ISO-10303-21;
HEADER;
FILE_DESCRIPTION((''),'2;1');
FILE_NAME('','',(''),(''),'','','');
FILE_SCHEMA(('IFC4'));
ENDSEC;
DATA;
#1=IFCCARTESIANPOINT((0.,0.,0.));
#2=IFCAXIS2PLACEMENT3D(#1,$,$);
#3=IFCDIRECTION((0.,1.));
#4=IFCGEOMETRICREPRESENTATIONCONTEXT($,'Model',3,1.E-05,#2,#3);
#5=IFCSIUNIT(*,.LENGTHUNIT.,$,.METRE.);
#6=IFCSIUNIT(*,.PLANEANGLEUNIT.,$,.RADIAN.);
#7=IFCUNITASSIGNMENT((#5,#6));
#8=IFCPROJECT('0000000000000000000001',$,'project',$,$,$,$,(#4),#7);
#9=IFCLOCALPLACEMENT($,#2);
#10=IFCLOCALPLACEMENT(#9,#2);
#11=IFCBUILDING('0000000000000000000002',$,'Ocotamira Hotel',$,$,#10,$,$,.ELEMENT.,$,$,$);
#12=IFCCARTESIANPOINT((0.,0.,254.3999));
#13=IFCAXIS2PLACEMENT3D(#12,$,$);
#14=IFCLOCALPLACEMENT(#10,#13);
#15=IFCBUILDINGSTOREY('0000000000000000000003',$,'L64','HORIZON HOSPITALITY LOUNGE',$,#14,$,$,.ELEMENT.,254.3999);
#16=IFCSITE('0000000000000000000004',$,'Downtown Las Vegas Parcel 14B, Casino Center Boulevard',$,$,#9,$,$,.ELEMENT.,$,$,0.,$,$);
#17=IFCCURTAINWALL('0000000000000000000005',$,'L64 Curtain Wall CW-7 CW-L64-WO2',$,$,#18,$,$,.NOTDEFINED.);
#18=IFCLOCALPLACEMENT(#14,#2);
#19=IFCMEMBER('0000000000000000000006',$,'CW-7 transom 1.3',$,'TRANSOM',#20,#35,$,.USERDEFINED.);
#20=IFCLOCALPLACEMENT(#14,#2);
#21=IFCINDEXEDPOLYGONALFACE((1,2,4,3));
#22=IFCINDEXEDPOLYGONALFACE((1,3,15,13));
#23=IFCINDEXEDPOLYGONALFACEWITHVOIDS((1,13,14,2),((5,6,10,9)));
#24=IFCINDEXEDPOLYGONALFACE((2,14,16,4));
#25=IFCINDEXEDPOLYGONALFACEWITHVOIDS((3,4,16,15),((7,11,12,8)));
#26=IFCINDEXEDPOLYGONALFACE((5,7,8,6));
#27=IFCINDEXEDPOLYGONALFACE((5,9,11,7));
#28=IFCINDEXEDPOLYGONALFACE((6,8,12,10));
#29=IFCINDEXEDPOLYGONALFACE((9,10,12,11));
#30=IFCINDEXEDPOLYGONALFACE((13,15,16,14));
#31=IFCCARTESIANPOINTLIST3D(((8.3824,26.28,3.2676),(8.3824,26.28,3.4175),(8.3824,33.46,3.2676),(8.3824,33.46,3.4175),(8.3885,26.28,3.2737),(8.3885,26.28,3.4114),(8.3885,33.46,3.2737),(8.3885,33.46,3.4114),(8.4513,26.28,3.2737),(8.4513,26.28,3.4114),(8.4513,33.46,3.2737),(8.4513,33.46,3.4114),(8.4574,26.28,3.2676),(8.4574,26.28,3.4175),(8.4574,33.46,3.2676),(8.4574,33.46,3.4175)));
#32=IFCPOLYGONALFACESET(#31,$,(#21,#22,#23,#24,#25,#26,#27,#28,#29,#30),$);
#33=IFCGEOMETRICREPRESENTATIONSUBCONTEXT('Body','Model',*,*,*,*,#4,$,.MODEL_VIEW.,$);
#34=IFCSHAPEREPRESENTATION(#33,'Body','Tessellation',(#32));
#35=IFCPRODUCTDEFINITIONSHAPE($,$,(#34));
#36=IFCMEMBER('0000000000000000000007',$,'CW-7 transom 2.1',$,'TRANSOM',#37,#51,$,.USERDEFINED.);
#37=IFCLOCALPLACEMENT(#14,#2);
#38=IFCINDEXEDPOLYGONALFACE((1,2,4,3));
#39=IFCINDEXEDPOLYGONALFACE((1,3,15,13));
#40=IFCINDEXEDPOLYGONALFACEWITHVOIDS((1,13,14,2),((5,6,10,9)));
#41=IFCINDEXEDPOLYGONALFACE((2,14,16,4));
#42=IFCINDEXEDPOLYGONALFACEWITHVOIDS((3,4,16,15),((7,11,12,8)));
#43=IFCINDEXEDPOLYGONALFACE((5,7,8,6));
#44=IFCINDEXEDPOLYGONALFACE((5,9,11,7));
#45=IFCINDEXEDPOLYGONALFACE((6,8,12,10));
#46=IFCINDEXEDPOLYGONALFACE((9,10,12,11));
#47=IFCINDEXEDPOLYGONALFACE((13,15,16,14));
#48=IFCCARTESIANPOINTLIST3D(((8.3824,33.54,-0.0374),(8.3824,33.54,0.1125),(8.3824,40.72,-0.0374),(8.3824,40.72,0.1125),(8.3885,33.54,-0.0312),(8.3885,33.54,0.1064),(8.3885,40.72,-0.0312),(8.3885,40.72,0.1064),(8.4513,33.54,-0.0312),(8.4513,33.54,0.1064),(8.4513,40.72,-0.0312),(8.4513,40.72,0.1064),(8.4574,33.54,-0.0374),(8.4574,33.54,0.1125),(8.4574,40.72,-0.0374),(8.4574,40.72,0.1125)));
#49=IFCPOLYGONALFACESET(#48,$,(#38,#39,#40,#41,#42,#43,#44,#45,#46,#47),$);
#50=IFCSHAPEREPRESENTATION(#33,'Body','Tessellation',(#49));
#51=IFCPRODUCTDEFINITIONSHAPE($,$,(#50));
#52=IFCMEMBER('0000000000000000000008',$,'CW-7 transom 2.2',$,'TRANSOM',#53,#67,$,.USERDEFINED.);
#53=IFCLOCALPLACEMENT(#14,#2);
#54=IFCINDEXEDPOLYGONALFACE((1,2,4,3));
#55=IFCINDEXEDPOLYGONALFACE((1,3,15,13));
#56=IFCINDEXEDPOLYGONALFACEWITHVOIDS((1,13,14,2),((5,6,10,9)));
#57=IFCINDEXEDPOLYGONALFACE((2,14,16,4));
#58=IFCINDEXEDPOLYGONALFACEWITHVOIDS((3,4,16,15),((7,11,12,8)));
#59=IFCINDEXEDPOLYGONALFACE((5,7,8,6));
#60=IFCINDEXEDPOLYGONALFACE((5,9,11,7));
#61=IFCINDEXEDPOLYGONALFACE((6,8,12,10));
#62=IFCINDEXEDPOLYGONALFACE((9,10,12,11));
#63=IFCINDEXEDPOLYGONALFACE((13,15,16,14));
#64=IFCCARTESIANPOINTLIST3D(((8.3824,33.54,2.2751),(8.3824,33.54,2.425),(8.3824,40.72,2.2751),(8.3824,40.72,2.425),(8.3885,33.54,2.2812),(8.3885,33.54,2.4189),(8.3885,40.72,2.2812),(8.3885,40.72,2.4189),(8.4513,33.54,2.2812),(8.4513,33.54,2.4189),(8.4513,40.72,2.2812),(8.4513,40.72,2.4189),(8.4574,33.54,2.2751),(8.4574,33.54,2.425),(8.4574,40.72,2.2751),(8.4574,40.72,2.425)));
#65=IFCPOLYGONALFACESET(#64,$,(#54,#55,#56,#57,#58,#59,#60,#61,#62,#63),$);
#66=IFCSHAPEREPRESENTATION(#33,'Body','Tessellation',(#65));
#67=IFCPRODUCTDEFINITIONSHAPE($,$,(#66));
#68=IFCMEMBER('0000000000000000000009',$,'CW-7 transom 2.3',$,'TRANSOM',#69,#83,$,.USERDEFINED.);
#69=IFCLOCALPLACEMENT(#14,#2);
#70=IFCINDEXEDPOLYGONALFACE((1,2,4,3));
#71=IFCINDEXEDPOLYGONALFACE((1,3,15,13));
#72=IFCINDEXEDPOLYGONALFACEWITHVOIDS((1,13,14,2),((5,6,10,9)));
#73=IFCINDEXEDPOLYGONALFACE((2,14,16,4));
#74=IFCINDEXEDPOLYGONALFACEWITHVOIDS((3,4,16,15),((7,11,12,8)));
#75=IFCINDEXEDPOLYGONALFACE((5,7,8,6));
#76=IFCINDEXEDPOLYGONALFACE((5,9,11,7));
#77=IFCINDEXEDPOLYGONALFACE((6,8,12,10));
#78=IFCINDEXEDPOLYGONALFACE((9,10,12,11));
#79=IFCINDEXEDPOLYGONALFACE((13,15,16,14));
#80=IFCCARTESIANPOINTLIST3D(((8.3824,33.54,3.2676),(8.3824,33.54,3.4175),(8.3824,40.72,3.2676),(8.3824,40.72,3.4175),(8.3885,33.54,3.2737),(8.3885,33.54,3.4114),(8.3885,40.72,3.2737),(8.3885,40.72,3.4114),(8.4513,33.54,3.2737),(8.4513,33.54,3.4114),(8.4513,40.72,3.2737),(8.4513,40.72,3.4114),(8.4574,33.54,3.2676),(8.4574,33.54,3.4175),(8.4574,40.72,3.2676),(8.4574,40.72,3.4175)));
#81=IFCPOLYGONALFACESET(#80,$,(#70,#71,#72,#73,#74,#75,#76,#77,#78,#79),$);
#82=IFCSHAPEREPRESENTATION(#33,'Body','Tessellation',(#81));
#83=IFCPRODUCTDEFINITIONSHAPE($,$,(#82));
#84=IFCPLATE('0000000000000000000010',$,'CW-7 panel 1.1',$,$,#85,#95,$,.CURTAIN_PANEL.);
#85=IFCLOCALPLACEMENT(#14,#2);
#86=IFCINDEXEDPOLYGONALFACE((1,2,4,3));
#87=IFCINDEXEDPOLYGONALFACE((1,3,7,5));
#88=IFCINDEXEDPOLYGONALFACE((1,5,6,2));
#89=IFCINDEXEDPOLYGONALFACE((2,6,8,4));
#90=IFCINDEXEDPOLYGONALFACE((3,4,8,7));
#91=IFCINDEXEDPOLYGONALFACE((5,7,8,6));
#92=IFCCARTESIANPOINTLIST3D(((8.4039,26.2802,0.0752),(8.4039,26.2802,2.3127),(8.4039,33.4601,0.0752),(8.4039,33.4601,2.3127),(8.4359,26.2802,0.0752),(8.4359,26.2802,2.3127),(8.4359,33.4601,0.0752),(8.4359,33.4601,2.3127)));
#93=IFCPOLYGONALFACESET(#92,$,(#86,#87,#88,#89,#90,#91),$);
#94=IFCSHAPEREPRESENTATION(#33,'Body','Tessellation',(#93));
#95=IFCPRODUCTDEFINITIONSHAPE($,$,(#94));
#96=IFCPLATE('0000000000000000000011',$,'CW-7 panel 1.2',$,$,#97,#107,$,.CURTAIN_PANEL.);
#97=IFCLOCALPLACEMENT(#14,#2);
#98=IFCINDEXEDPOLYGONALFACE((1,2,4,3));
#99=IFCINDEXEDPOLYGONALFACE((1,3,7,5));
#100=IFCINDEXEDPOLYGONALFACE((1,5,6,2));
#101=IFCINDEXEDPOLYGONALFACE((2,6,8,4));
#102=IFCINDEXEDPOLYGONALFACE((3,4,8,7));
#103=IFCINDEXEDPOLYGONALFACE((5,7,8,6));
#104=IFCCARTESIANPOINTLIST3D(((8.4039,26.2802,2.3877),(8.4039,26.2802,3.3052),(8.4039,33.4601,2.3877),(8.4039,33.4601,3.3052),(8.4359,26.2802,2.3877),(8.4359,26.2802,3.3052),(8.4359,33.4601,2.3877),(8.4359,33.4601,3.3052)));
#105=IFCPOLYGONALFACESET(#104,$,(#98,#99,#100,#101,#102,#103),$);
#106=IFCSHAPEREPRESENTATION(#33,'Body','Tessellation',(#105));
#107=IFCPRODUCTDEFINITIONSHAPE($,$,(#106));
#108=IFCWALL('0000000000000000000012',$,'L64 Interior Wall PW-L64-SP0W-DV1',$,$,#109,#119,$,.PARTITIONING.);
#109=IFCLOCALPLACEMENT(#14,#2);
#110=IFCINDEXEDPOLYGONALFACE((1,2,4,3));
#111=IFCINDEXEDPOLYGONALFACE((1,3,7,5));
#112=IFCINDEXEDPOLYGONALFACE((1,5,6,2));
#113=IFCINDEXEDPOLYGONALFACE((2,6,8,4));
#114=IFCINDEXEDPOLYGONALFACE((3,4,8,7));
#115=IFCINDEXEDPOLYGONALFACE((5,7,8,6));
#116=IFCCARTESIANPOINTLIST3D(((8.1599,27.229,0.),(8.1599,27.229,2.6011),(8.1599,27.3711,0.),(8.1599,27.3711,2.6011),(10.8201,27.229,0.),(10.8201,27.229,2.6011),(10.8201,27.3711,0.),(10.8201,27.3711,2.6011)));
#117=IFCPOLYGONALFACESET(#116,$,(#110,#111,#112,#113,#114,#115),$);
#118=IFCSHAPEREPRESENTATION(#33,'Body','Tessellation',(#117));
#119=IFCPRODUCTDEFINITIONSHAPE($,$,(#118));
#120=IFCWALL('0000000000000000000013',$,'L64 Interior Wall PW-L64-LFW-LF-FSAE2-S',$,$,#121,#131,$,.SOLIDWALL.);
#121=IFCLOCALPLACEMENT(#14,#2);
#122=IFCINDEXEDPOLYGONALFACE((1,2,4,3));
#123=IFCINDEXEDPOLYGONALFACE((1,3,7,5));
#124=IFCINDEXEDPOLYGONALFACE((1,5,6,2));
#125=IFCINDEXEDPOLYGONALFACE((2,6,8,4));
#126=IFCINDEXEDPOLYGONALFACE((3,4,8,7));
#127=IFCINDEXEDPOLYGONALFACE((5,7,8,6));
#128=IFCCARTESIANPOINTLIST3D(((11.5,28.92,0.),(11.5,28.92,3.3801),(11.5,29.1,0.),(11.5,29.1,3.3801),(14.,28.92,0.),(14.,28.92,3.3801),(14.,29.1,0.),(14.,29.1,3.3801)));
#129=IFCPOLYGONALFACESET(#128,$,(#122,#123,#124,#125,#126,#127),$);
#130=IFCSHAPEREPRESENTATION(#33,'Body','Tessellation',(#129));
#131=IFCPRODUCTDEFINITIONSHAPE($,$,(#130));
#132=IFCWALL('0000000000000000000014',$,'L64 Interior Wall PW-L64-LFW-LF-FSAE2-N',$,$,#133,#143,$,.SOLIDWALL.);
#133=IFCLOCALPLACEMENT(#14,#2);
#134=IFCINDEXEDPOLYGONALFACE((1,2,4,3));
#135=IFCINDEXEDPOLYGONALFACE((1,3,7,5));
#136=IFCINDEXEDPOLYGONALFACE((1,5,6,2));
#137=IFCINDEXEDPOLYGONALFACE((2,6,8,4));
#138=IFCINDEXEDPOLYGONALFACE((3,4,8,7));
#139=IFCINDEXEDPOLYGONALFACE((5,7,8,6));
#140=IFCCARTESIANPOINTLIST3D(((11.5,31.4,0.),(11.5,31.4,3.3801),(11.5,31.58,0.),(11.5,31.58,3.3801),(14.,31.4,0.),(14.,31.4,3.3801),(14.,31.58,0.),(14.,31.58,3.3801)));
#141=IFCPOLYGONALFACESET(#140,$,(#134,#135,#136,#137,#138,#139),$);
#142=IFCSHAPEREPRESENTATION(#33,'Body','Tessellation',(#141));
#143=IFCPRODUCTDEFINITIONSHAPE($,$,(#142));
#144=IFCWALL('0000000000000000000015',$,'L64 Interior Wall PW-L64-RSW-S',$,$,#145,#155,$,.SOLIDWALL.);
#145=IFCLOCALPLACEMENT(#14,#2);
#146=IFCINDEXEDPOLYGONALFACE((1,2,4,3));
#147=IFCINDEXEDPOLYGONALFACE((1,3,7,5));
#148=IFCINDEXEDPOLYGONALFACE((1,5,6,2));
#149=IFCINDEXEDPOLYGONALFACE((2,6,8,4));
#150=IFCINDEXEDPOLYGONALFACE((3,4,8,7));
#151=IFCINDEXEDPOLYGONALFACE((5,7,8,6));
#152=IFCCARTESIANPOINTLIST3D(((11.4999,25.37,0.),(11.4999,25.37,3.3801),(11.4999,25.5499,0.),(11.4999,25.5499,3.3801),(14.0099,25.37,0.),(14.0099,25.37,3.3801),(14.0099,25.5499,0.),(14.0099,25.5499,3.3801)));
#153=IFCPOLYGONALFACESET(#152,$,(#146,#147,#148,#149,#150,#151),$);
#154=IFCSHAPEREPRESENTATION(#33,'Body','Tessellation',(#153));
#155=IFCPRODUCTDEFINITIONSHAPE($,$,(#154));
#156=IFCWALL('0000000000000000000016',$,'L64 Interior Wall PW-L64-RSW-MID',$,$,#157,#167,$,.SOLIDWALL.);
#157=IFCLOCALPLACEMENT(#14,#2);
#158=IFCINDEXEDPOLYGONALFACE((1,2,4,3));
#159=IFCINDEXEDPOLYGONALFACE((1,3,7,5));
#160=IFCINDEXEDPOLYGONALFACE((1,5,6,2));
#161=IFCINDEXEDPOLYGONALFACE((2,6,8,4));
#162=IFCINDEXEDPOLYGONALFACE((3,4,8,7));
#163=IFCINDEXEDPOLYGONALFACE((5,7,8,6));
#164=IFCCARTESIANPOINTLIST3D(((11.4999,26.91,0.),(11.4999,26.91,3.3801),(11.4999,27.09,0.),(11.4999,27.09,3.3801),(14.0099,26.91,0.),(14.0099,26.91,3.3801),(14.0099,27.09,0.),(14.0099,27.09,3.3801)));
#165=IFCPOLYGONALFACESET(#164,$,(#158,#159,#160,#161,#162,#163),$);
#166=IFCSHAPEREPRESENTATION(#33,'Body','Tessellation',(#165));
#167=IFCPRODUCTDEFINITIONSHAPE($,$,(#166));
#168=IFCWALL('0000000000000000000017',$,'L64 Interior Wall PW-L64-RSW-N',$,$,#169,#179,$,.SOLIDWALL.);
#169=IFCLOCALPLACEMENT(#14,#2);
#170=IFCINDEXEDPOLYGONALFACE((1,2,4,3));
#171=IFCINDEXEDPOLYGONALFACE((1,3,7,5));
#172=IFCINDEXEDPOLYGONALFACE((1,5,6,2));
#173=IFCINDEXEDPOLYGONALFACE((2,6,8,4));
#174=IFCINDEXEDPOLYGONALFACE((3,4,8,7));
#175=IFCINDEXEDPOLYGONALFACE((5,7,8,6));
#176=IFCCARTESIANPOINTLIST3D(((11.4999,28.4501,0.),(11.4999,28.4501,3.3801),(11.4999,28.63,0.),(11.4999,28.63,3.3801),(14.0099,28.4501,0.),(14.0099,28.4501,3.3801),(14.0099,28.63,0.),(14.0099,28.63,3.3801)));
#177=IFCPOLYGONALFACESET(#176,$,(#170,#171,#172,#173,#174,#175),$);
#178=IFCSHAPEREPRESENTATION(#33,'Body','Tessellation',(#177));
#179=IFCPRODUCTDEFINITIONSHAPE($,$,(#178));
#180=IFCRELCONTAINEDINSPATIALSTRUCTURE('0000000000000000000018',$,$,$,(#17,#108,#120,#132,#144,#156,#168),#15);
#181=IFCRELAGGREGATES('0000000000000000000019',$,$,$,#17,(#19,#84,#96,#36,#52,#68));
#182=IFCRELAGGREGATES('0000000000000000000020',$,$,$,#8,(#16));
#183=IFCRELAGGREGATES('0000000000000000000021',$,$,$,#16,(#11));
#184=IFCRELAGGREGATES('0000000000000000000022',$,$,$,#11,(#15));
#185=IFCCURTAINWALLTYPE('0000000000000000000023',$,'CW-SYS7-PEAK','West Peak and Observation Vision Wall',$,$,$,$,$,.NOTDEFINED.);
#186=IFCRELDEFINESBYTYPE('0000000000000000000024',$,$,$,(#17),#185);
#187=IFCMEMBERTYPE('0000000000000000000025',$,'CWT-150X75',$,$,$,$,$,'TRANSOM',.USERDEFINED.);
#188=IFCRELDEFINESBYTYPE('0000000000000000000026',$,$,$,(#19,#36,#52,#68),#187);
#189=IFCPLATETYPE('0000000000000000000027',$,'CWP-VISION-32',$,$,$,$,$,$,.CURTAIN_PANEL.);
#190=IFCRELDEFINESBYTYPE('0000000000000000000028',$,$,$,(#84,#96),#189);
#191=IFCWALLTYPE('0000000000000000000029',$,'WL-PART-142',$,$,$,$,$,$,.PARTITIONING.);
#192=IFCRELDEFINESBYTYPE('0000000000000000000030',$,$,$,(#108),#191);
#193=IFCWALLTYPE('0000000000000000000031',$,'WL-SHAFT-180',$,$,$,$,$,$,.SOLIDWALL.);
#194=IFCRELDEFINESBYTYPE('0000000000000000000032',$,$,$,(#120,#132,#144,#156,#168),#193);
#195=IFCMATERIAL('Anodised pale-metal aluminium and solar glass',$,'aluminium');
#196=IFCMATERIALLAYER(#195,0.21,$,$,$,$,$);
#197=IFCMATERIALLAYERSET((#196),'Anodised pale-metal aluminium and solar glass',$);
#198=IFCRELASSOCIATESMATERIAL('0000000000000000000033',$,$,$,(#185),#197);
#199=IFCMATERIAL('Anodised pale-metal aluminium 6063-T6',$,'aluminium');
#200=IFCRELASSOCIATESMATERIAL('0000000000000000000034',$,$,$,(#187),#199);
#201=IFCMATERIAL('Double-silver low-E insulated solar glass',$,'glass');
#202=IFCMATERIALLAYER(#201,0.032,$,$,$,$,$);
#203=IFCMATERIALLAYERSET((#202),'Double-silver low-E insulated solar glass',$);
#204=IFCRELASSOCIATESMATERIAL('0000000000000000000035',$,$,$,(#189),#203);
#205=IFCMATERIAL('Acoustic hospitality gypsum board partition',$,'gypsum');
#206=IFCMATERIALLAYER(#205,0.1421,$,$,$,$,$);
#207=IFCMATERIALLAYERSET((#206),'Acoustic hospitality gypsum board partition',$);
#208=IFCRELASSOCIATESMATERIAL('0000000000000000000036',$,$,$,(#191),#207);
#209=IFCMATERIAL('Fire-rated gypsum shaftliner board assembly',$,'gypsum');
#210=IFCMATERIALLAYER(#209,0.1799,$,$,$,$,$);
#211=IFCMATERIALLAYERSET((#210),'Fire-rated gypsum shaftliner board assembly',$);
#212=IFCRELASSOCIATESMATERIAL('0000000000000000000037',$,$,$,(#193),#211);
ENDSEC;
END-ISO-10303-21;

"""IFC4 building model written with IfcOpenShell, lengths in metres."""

from ifc_helpers import new_model, si_unit, direction, frame, frame_2d, origin, origin_2d, place, context, subcontext, project, spatial, rectangle, hollow_rectangle, extrude, source, transform, mapped, material, layer, layer_set, material_profile, profile_set, type_object, element, aggregate, save


model = new_model("IFC4")

# Units and contexts
model_context = context("Model", 3, precision=1e-05, world=origin(), true_north=direction((0.0, 1.0)))
body_context = subcontext(model_context, "Body", "Model", "MODEL_VIEW")
ifc_project = project(units=[si_unit("LENGTHUNIT", "METRE"), si_unit("PLANEANGLEUNIT", "RADIAN")], contexts=[model_context])

# Site, building, storey
site_placement = place(None, origin())
site = spatial("IfcSite", under=ifc_project, at=site_placement, Name="Downtown Las Vegas Parcel 14B, Casino Center Boulevard", CompositionType="ELEMENT", RefElevation=0.0)
building_placement = place(site_placement, origin())
building = spatial("IfcBuilding", under=site, at=building_placement, Name="Ocotamira Hotel", CompositionType="ELEMENT")
storey_placement = place(building_placement, frame((0.0, 0.0, 254.3999)))
storey = spatial("IfcBuildingStorey", under=building, at=storey_placement, Name="L64", Description="HORIZON HOSPITALITY LOUNGE", CompositionType="ELEMENT", Elevation=254.3999)

# Shared definitions
ifc_material_1 = material(Name="Anodised pale-metal aluminium and solar glass", Category="aluminium")
ifc_layer_1 = layer(ifc_material_1, 0.21)
ifc_layer_set_1 = layer_set([ifc_layer_1], Name="Anodised pale-metal aluminium and solar glass")
curtain_wall_type = type_object("IfcCurtainWallType", Name="CW-SYS7-PEAK", Description="West Peak and Observation Vision Wall", PredefinedType="NOTDEFINED", material=ifc_layer_set_1)
ifc_material_2 = material(Name="Anodised pale-metal aluminium 6063-T6", Category="aluminium")

# Curtain wall, members, plates
curtain_wall_1_placement = place(storey_placement, origin())
curtain_wall_1 = element("IfcCurtainWall", 1, at=curtain_wall_1_placement, inside=storey, type_object=curtain_wall_type, Name="L64 Curtain Wall CW-7 CW-L64-WO2", PredefinedType="NOTDEFINED")
ifc_material_profile_1 = material_profile(ifc_material_2, hollow_rectangle(XDim=0.075, YDim=0.1499, WallThickness=0.0061, at=origin_2d()), Name="HSS150X75X6")
ifc_profile_set_1 = profile_set([ifc_material_profile_1], Name="Anodised pale-metal aluminium 6063-T6")
member_type_1 = type_object("IfcMemberType", Name="CWT-150X75", ElementType="TRANSOM", PredefinedType="USERDEFINED", material=ifc_profile_set_1)
shared_shape_1 = source(origin(), body_context, "Body", "SweptSolid", [
    extrude(hollow_rectangle(XDim=0.075, YDim=0.1499, WallThickness=0.0061, at=origin_2d()), origin(), (0.0, 0.0, 1.0), 7.1799),
])
member_1_placement = place(storey_placement, frame((8.4199, 26.28, 3.3425), z_axis=(0.0, 1.0, 0.0), x_axis=(-1.0, 0.0, 0.0)))
member_1 = element("IfcMember", 2, at=member_1_placement, type_object=member_type_1, Name="CW-7 transom 1.3", ObjectType="TRANSOM", PredefinedType="USERDEFINED", context=body_context, shape_type="MappedRepresentation", body=[
    mapped(shared_shape_1, transform((0.0, 0.0, 0.0), scale=1.0)),
])
member_2_placement = place(storey_placement, frame((8.4199, 33.54, 0.0376), z_axis=(0.0, 1.0, 0.0), x_axis=(-1.0, 0.0, 0.0)))
member_2 = element("IfcMember", 3, at=member_2_placement, type_object=member_type_1, Name="CW-7 transom 2.1", ObjectType="TRANSOM", PredefinedType="USERDEFINED", context=body_context, shape_type="MappedRepresentation", body=[
    mapped(shared_shape_1, transform((0.0, 0.0, 0.0), scale=1.0)),
])
member_3_placement = place(storey_placement, frame((8.4199, 33.54, 2.3501), z_axis=(0.0, 1.0, 0.0), x_axis=(-1.0, 0.0, 0.0)))
member_3 = element("IfcMember", 4, at=member_3_placement, type_object=member_type_1, Name="CW-7 transom 2.2", ObjectType="TRANSOM", PredefinedType="USERDEFINED", context=body_context, shape_type="MappedRepresentation", body=[
    mapped(shared_shape_1, transform((0.0, 0.0, 0.0), scale=1.0)),
])
member_4_placement = place(storey_placement, frame((8.4199, 33.54, 3.3425), z_axis=(0.0, 1.0, 0.0), x_axis=(-1.0, 0.0, 0.0)))
member_4 = element("IfcMember", 5, at=member_4_placement, type_object=member_type_1, Name="CW-7 transom 2.3", ObjectType="TRANSOM", PredefinedType="USERDEFINED", context=body_context, shape_type="MappedRepresentation", body=[
    mapped(shared_shape_1, transform((0.0, 0.0, 0.0), scale=1.0)),
])
ifc_material_3 = material(Name="Double-silver low-E insulated solar glass", Category="glass")
ifc_layer_2 = layer(ifc_material_3, 0.032)
ifc_layer_set_2 = layer_set([ifc_layer_2], Name="Double-silver low-E insulated solar glass")
plate_type = type_object("IfcPlateType", Name="CWP-VISION-32", PredefinedType="CURTAIN_PANEL", material=ifc_layer_set_2)
shared_shape_2 = source(origin(), body_context, "Body", "SweptSolid", [
    extrude(rectangle(XDim=7.1799, YDim=0.032, at=origin_2d()), origin(), (0.0, 0.0, 1.0), 2.2375),
])
plate_1_placement = place(storey_placement, frame((8.4199, 29.8701, 0.0752), z_axis=(0.0, 0.0, 1.0), x_axis=(0.0, 1.0, 0.0)))
plate_1 = element("IfcPlate", 6, at=plate_1_placement, type_object=plate_type, Name="CW-7 panel 1.1", PredefinedType="CURTAIN_PANEL", context=body_context, shape_type="MappedRepresentation", body=[
    mapped(shared_shape_2, transform((0.0, 0.0, 0.0), scale=1.0)),
])
shared_shape_3 = source(origin(), body_context, "Body", "SweptSolid", [
    extrude(rectangle(XDim=7.1799, YDim=0.032, at=origin_2d()), origin(), (0.0, 0.0, 1.0), 0.9175),
])
plate_2_placement = place(storey_placement, frame((8.4199, 29.8701, 2.3877), z_axis=(0.0, 0.0, 1.0), x_axis=(0.0, 1.0, 0.0)))
plate_2 = element("IfcPlate", 7, at=plate_2_placement, type_object=plate_type, Name="CW-7 panel 1.2", PredefinedType="CURTAIN_PANEL", context=body_context, shape_type="MappedRepresentation", body=[
    mapped(shared_shape_3, transform((0.0, 0.0, 0.0), scale=1.0)),
])
aggregate(curtain_wall_1, [member_1, plate_1, plate_2, member_2, member_3, member_4])

# Walls
ifc_material_4 = material(Name="Acoustic hospitality gypsum board partition", Category="gypsum")
ifc_layer_3 = layer(ifc_material_4, 0.1421)
ifc_layer_set_3 = layer_set([ifc_layer_3], Name="Acoustic hospitality gypsum board partition")
wall_type_1 = type_object("IfcWallType", Name="WL-PART-142", PredefinedType="PARTITIONING", material=ifc_layer_set_3)
wall_1_placement = place(storey_placement, frame((8.1599, 27.3, 0.0), z_axis=(0.0, 0.0, 1.0), x_axis=(1.0, 0.0, 0.0)))
element("IfcWall", 8, at=wall_1_placement, inside=storey, type_object=wall_type_1, Name="L64 Interior Wall PW-L64-SP0W-DV1", PredefinedType="PARTITIONING", context=body_context, shape_type="SweptSolid", body=[
    extrude(rectangle(XDim=2.6602, YDim=0.1421, at=frame_2d((1.3301, 0.0))), origin(), (0.0, 0.0, 1.0), 2.6011),
])
ifc_material_5 = material(Name="Fire-rated gypsum shaftliner board assembly", Category="gypsum")
ifc_layer_4 = layer(ifc_material_5, 0.1799)
ifc_layer_set_4 = layer_set([ifc_layer_4], Name="Fire-rated gypsum shaftliner board assembly")
wall_type_2 = type_object("IfcWallType", Name="WL-SHAFT-180", PredefinedType="SOLIDWALL", material=ifc_layer_set_4)
for number, where, z_axis, x_axis, name in (
    (9, (11.5, 29.01, 0.0), (0.0, 0.0, 1.0), (1.0, 0.0, 0.0), "L64 Interior Wall PW-L64-LFW-LF-FSAE2-S"),
    (10, (11.5, 31.49, 0.0), (0.0, 0.0, 1.0), (1.0, 0.0, 0.0), "L64 Interior Wall PW-L64-LFW-LF-FSAE2-N"),
):
    element("IfcWall", number, at=place(storey_placement, frame(where, z_axis=z_axis, x_axis=x_axis)), inside=storey, type_object=wall_type_2, Name=name, PredefinedType="SOLIDWALL", context=body_context, shape_type="SweptSolid", body=[
        extrude(rectangle(XDim=2.5, YDim=0.1799, at=frame_2d((1.25, 0.0))), origin(), (0.0, 0.0, 1.0), 3.3801),
    ])
for number, where, z_axis, x_axis, name in (
    (11, (11.5, 25.46, 0.0), (0.0, 0.0, 1.0), (1.0, 0.0, 0.0), "L64 Interior Wall PW-L64-RSW-S"),
    (12, (11.5, 27.0, 0.0), (0.0, 0.0, 1.0), (1.0, 0.0, 0.0), "L64 Interior Wall PW-L64-RSW-MID"),
    (13, (11.5, 28.54, 0.0), (0.0, 0.0, 1.0), (1.0, 0.0, 0.0), "L64 Interior Wall PW-L64-RSW-N"),
):
    element("IfcWall", number, at=place(storey_placement, frame(where, z_axis=z_axis, x_axis=x_axis)), inside=storey, type_object=wall_type_2, Name=name, PredefinedType="SOLIDWALL", context=body_context, shape_type="SweptSolid", body=[
        extrude(rectangle(XDim=2.51, YDim=0.1799, at=frame_2d((1.2549, 0.0))), origin(), (0.0, 0.0, 1.0), 3.3801),
    ])

save(model, "model.ifc")
